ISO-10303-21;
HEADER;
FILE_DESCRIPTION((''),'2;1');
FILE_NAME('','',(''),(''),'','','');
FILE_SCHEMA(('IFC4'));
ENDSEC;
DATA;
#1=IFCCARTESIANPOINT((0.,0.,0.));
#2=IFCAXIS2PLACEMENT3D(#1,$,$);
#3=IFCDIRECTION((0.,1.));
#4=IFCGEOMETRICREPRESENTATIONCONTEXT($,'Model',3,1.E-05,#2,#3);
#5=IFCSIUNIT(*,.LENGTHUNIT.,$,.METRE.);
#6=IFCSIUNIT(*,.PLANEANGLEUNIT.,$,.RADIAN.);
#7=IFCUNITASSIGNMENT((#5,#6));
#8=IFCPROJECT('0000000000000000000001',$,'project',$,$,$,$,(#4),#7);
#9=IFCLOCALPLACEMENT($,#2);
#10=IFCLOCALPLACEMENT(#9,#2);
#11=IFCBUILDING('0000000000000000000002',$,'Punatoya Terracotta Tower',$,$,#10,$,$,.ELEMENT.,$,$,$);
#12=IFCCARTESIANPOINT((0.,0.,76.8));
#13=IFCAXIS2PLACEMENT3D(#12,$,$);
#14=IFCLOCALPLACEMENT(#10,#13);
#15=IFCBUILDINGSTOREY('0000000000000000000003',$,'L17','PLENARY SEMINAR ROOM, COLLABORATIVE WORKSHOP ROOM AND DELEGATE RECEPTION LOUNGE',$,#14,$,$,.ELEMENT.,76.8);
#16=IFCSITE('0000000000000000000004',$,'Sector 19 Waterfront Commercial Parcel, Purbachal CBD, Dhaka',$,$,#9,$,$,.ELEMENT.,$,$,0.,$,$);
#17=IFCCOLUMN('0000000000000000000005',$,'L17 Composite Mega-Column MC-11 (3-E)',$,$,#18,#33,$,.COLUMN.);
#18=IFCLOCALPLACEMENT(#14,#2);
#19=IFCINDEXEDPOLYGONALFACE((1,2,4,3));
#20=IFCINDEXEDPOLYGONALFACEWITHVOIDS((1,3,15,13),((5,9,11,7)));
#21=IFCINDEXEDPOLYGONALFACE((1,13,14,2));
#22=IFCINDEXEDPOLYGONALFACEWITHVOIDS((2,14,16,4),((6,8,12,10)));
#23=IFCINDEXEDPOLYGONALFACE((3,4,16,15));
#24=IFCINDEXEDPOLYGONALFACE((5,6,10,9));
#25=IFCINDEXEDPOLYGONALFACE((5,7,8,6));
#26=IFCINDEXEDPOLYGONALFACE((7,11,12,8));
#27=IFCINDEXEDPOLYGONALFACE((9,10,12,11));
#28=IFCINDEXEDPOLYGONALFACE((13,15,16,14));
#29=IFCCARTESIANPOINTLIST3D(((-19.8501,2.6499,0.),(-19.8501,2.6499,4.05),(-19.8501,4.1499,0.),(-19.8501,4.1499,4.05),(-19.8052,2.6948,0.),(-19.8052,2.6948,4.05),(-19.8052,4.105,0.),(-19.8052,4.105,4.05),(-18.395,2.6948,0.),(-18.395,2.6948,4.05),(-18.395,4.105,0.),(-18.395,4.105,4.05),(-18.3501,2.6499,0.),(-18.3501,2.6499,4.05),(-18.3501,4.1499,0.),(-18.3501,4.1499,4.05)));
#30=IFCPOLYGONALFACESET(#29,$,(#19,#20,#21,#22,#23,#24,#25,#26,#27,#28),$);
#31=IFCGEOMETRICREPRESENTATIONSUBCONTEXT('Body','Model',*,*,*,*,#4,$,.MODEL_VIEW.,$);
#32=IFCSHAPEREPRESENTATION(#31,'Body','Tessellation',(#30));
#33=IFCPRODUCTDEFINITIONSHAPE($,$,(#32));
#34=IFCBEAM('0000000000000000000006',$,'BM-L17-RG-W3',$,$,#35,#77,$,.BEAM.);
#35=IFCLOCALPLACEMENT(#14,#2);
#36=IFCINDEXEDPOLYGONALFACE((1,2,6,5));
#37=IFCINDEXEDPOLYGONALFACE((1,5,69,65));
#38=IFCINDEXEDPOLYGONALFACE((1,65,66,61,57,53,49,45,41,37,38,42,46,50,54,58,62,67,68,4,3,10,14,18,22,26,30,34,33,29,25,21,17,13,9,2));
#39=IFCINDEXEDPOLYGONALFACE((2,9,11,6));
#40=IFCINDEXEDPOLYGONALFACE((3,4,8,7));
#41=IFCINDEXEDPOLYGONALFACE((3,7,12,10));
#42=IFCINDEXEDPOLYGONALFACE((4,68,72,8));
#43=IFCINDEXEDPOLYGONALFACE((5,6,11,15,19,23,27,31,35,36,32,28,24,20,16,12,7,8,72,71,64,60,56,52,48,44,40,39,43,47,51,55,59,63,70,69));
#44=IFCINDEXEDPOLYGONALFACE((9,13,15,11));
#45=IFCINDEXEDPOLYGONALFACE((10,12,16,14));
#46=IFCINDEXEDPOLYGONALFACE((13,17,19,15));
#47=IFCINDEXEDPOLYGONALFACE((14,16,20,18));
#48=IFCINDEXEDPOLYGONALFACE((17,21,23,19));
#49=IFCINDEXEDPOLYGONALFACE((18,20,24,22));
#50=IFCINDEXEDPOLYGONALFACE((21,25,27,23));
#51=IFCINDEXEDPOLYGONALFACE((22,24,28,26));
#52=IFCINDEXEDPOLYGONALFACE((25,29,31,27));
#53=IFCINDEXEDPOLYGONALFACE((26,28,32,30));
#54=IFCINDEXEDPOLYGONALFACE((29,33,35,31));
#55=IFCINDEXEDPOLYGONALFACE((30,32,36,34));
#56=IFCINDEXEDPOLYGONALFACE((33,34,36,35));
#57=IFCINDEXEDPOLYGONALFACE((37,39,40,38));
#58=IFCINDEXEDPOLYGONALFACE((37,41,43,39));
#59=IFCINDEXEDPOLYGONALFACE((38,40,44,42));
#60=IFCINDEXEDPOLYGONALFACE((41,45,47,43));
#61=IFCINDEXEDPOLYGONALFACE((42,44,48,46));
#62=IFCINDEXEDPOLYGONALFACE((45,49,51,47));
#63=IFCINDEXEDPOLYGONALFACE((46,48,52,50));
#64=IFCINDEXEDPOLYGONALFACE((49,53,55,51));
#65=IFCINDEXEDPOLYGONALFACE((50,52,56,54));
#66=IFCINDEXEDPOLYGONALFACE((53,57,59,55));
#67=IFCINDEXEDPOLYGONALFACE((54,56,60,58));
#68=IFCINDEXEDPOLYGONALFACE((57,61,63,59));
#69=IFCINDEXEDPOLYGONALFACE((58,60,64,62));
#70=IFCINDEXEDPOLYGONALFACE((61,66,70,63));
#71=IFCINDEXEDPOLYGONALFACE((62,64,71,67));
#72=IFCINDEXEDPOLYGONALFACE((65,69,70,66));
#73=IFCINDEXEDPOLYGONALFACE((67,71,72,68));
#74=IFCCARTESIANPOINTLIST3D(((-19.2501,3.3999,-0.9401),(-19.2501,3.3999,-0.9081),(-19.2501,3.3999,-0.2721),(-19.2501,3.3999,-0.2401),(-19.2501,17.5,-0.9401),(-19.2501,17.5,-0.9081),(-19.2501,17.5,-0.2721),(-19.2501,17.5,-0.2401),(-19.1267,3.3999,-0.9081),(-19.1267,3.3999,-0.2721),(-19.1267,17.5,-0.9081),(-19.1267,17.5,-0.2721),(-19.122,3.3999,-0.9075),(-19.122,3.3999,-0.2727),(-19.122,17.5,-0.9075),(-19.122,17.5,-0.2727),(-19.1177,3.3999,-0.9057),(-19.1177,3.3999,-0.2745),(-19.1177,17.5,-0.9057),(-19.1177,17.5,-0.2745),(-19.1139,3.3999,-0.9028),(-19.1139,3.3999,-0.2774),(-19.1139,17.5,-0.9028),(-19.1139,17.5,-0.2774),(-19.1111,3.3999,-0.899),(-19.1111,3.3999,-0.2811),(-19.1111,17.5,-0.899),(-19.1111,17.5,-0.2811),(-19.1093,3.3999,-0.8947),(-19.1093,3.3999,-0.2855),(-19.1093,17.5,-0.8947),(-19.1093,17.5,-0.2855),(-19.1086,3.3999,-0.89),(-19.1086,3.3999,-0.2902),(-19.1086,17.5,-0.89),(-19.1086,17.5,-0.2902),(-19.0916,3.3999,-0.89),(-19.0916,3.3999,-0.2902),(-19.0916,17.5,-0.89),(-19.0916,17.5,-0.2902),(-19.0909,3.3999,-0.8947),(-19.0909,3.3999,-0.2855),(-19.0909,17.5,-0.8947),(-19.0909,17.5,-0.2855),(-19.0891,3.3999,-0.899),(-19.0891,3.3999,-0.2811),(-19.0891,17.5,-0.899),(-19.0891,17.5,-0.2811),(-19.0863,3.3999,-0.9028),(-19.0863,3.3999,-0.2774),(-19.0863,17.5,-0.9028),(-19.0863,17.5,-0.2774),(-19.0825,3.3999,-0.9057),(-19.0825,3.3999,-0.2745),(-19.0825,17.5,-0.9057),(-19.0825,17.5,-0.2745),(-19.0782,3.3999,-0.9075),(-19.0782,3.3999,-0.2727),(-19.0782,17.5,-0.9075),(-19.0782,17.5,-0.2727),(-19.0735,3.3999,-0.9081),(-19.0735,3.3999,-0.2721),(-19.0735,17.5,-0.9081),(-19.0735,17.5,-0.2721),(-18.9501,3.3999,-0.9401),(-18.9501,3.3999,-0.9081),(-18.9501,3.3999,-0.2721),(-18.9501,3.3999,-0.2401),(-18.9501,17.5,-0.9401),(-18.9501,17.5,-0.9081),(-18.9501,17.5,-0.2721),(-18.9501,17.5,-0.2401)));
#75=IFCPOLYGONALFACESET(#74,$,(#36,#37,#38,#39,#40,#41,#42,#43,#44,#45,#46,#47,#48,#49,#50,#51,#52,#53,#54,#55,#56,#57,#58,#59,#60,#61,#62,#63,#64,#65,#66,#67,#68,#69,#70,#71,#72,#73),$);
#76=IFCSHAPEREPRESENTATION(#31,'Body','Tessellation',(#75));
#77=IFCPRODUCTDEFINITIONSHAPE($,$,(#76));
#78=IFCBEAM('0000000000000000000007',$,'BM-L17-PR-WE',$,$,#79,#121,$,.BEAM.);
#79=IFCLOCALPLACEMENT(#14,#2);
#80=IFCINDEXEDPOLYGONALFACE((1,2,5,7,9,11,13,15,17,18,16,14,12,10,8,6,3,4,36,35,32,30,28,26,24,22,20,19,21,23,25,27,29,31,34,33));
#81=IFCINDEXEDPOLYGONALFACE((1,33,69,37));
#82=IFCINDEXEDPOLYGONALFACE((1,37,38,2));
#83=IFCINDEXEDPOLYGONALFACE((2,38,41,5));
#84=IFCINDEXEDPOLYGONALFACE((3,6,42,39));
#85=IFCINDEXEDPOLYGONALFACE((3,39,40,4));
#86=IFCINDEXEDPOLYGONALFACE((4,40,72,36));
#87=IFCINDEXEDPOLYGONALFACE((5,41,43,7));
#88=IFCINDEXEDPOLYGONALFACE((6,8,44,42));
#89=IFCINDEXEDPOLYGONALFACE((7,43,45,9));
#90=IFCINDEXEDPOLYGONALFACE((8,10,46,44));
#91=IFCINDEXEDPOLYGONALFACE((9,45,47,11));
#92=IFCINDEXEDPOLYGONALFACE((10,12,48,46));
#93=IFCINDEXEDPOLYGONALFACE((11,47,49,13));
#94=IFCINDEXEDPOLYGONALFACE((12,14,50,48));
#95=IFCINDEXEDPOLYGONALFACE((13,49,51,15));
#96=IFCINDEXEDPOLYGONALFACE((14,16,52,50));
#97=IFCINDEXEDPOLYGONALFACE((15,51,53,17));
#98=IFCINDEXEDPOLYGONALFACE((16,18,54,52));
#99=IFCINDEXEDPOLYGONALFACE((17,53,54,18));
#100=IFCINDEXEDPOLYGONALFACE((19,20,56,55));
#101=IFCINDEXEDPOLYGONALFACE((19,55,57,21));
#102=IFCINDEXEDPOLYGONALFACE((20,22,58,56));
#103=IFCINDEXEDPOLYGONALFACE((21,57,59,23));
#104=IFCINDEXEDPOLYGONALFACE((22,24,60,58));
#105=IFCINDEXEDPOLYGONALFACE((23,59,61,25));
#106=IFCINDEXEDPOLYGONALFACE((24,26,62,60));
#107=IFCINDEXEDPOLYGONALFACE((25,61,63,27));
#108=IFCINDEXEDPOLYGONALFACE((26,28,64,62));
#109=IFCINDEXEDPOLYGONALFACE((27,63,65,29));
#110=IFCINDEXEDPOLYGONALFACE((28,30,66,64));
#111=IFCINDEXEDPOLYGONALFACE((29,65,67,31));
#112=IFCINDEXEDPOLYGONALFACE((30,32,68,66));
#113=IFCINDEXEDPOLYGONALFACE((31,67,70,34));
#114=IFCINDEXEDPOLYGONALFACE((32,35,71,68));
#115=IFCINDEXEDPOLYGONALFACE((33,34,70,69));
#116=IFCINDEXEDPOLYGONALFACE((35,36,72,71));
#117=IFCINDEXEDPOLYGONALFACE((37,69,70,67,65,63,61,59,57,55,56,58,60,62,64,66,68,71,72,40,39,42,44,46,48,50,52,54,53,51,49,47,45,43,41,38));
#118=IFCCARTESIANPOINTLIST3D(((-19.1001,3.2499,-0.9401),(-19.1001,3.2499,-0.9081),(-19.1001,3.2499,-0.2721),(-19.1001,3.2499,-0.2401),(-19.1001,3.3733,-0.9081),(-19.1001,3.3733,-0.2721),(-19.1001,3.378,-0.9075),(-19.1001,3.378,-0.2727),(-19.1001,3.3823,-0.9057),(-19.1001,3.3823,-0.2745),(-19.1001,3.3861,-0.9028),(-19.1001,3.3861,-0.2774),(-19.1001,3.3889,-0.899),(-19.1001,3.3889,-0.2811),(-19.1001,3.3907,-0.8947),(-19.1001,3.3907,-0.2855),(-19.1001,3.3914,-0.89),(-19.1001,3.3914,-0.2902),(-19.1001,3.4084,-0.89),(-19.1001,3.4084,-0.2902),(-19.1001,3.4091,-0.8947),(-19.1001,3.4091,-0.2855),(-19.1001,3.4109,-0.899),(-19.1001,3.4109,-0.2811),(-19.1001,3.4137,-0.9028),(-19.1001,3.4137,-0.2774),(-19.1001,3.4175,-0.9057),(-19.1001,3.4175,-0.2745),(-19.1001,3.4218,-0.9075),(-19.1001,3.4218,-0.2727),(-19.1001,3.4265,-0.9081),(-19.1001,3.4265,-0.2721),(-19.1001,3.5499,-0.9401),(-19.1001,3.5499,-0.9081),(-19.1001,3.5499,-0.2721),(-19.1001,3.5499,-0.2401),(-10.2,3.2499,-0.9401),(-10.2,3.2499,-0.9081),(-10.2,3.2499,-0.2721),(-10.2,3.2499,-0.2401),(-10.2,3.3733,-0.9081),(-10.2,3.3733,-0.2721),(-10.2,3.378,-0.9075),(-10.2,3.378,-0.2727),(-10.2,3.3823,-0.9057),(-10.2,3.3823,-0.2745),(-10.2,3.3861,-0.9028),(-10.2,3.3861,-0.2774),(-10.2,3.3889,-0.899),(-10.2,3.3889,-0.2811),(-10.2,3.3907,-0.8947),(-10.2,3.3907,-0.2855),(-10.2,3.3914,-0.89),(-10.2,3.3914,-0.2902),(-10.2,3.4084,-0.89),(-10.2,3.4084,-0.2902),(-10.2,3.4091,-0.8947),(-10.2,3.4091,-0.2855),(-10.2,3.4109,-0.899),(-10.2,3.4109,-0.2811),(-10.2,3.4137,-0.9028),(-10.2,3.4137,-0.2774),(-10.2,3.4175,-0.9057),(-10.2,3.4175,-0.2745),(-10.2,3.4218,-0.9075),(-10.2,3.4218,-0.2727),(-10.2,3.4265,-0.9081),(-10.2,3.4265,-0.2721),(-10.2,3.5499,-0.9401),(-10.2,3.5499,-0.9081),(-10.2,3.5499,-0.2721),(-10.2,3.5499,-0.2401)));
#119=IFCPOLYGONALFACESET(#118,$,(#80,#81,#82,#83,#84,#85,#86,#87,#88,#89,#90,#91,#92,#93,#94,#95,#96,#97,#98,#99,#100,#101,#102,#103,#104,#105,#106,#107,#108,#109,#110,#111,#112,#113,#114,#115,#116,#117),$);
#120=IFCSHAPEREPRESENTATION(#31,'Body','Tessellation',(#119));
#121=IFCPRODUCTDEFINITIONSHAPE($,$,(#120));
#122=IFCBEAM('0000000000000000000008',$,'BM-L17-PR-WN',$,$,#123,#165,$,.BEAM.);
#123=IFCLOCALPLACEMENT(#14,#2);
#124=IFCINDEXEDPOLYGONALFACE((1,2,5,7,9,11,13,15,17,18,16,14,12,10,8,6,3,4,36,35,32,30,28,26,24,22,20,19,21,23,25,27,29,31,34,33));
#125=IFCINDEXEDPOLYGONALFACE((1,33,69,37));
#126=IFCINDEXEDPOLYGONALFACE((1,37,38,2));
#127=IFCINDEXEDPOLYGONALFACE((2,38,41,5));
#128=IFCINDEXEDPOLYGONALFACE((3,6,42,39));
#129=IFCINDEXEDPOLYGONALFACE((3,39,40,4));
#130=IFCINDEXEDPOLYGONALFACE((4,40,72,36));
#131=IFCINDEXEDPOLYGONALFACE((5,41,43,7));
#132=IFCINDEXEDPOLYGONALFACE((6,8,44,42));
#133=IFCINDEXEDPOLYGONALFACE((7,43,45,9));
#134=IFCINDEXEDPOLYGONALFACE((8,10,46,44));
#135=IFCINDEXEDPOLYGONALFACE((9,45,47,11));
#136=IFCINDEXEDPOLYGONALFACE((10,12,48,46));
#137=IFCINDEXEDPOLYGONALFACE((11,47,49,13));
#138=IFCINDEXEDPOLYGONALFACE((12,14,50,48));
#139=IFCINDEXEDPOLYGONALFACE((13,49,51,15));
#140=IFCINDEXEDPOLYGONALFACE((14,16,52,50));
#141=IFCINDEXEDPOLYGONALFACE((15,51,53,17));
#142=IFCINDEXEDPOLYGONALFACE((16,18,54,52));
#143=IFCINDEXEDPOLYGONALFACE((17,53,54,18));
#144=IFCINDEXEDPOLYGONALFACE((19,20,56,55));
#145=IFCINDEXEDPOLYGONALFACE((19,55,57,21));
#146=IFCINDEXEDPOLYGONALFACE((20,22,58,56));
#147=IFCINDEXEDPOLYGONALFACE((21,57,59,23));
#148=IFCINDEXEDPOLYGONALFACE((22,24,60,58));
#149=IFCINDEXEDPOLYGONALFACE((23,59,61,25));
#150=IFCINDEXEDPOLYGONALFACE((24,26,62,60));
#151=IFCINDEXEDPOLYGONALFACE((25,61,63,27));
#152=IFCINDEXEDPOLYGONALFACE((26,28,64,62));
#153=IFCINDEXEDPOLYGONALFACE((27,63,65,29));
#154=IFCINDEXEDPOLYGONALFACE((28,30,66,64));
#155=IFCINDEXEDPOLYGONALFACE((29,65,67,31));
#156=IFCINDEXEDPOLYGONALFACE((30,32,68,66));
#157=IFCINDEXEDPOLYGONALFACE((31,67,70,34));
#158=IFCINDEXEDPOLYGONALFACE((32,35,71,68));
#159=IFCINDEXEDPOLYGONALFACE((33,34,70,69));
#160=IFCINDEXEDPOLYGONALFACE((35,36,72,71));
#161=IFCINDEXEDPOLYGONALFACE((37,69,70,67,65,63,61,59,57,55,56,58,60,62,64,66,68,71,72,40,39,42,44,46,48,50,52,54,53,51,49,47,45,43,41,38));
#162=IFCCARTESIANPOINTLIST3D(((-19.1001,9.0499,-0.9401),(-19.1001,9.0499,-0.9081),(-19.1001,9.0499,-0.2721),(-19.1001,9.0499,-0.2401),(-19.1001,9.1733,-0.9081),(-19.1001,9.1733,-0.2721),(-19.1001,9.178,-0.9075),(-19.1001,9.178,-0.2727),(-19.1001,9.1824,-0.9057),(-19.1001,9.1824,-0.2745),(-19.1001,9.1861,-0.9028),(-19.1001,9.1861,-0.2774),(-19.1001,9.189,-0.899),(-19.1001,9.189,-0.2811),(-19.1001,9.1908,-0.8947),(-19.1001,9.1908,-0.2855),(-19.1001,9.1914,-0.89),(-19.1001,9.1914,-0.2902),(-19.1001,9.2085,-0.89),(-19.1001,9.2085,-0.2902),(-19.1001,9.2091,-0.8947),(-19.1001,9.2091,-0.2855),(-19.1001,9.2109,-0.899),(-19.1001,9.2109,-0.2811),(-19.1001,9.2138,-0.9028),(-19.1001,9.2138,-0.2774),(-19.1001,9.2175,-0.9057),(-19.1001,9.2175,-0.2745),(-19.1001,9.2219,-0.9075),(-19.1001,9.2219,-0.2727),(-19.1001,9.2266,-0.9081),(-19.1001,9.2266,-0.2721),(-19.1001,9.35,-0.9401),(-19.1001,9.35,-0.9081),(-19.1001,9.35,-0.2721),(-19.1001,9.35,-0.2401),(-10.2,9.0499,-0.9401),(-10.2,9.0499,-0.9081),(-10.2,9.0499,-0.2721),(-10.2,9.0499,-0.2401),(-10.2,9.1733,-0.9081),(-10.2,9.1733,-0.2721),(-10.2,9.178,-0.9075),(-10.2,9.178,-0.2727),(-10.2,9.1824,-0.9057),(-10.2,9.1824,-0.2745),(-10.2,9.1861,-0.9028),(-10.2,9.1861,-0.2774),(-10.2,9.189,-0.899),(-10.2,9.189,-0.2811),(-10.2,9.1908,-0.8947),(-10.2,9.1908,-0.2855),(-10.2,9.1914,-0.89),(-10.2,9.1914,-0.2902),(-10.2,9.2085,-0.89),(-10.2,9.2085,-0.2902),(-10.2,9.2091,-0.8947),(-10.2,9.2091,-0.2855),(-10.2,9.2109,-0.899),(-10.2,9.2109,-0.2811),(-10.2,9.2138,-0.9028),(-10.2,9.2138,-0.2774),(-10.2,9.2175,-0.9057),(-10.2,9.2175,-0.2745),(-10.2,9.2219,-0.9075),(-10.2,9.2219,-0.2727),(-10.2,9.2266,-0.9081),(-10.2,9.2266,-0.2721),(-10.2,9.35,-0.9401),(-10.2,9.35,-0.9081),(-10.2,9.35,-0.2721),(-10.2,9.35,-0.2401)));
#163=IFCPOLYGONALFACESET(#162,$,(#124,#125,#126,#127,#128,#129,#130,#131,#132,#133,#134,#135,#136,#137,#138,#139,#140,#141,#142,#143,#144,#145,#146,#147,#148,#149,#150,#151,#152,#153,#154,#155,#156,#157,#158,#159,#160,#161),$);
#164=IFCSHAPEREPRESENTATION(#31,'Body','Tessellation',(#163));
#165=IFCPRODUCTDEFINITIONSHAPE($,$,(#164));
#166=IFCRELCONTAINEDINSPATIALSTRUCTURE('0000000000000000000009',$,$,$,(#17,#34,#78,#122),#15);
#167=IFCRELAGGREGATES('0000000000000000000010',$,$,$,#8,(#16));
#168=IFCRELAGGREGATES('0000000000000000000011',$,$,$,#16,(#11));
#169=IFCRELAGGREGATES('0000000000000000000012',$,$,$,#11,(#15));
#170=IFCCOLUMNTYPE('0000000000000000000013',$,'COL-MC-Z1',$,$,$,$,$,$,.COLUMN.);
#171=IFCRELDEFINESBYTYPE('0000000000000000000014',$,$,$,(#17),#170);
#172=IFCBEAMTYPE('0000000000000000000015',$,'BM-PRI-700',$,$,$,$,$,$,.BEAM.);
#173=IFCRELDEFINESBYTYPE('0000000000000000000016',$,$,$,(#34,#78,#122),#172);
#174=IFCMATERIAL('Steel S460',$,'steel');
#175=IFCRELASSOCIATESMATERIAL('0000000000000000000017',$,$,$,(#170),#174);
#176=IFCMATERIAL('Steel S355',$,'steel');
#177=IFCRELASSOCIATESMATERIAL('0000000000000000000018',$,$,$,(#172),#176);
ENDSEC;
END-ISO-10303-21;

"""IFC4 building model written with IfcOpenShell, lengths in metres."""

from ifc_helpers import new_model, si_unit, direction, frame, origin, origin_2d, place, context, subcontext, project, spatial, hollow_rectangle, i_section, extrude, material, material_profile, profile_set, type_object, element, save


model = new_model("IFC4")

# Units and contexts
model_context = context("Model", 3, precision=1e-05, world=origin(), true_north=direction((0.0, 1.0)))
body_context = subcontext(model_context, "Body", "Model", "MODEL_VIEW")
ifc_project = project(units=[si_unit("LENGTHUNIT", "METRE"), si_unit("PLANEANGLEUNIT", "RADIAN")], contexts=[model_context])

# Site, building, storey
site_placement = place(None, origin())
site = spatial("IfcSite", under=ifc_project, at=site_placement, Name="Sector 19 Waterfront Commercial Parcel, Purbachal CBD, Dhaka", CompositionType="ELEMENT", RefElevation=0.0)
building_placement = place(site_placement, origin())
building = spatial("IfcBuilding", under=site, at=building_placement, Name="Punatoya Terracotta Tower", CompositionType="ELEMENT")
storey_placement = place(building_placement, frame((0.0, 0.0, 76.8)))
storey = spatial("IfcBuildingStorey", under=building, at=storey_placement, Name="L17", Description="PLENARY SEMINAR ROOM, COLLABORATIVE WORKSHOP ROOM AND DELEGATE RECEPTION LOUNGE", CompositionType="ELEMENT", Elevation=76.8)

# Column
ifc_material_1 = material(Name="Steel S460", Category="steel")
ifc_material_profile_1 = material_profile(ifc_material_1, hollow_rectangle(XDim=1.5, YDim=1.5, WallThickness=0.0449, at=origin_2d()))
ifc_profile_set_1 = profile_set([ifc_material_profile_1], Name="Steel S460")
column_type = type_object("IfcColumnType", Name="COL-MC-Z1", PredefinedType="COLUMN", material=ifc_profile_set_1)
column_placement = place(storey_placement, frame((-19.1001, 3.3999, 0.0), z_axis=(0.0, 0.0, 1.0), x_axis=(1.0, 0.0, 0.0)))
element("IfcColumn", 1, at=column_placement, inside=storey, type_object=column_type, Name="L17 Composite Mega-Column MC-11 (3-E)", PredefinedType="COLUMN", context=body_context, shape_type="SweptSolid", body=[
    extrude(hollow_rectangle(XDim=1.5, YDim=1.5, WallThickness=0.0449, at=origin_2d()), origin(), (0.0, 0.0, 1.0), 4.05),
])

# Beams
ifc_material_2 = material(Name="Steel S355", Category="steel")
ifc_material_profile_2 = material_profile(ifc_material_2, i_section(OverallWidth=0.3, OverallDepth=0.7, WebThickness=0.0171, FlangeThickness=0.032, FilletRadius=0.0181, at=origin_2d()))
ifc_profile_set_2 = profile_set([ifc_material_profile_2], Name="Steel S355")
beam_type_1 = type_object("IfcBeamType", Name="BM-PRI-700", PredefinedType="BEAM", material=ifc_profile_set_2)
beam_1_placement = place(storey_placement, frame((-19.1001, 3.3999, -0.5901), z_axis=(0.0, 1.0, 0.0), x_axis=(-1.0, 0.0, 0.0)))
element("IfcBeam", 2, at=beam_1_placement, inside=storey, type_object=beam_type_1, Name="BM-L17-RG-W3", PredefinedType="BEAM", context=body_context, shape_type="SweptSolid", body=[
    extrude(i_section(OverallWidth=0.3, OverallDepth=0.7, WebThickness=0.0171, FlangeThickness=0.032, FilletRadius=0.0181, at=origin_2d()), origin(), (0.0, 0.0, 1.0), 14.1001),
])
for number, where, z_axis, x_axis, name in (
    (3, (-19.1001, 3.3999, -0.5901), (1.0, 0.0, 0.0), (0.0, 1.0, 0.0), "BM-L17-PR-WE"),
    (4, (-19.1001, 9.2, -0.5901), (1.0, 0.0, 0.0), (0.0, 1.0, 0.0), "BM-L17-PR-WN"),
):
    element("IfcBeam", number, at=place(storey_placement, frame(where, z_axis=z_axis, x_axis=x_axis)), inside=storey, type_object=beam_type_1, Name=name, PredefinedType="BEAM", context=body_context, shape_type="SweptSolid", body=[
        extrude(i_section(OverallWidth=0.3, OverallDepth=0.7, WebThickness=0.0171, FlangeThickness=0.032, FilletRadius=0.0181, at=origin_2d()), origin(), (0.0, 0.0, 1.0), 8.9001),
    ])

save(model, "model.ifc")
